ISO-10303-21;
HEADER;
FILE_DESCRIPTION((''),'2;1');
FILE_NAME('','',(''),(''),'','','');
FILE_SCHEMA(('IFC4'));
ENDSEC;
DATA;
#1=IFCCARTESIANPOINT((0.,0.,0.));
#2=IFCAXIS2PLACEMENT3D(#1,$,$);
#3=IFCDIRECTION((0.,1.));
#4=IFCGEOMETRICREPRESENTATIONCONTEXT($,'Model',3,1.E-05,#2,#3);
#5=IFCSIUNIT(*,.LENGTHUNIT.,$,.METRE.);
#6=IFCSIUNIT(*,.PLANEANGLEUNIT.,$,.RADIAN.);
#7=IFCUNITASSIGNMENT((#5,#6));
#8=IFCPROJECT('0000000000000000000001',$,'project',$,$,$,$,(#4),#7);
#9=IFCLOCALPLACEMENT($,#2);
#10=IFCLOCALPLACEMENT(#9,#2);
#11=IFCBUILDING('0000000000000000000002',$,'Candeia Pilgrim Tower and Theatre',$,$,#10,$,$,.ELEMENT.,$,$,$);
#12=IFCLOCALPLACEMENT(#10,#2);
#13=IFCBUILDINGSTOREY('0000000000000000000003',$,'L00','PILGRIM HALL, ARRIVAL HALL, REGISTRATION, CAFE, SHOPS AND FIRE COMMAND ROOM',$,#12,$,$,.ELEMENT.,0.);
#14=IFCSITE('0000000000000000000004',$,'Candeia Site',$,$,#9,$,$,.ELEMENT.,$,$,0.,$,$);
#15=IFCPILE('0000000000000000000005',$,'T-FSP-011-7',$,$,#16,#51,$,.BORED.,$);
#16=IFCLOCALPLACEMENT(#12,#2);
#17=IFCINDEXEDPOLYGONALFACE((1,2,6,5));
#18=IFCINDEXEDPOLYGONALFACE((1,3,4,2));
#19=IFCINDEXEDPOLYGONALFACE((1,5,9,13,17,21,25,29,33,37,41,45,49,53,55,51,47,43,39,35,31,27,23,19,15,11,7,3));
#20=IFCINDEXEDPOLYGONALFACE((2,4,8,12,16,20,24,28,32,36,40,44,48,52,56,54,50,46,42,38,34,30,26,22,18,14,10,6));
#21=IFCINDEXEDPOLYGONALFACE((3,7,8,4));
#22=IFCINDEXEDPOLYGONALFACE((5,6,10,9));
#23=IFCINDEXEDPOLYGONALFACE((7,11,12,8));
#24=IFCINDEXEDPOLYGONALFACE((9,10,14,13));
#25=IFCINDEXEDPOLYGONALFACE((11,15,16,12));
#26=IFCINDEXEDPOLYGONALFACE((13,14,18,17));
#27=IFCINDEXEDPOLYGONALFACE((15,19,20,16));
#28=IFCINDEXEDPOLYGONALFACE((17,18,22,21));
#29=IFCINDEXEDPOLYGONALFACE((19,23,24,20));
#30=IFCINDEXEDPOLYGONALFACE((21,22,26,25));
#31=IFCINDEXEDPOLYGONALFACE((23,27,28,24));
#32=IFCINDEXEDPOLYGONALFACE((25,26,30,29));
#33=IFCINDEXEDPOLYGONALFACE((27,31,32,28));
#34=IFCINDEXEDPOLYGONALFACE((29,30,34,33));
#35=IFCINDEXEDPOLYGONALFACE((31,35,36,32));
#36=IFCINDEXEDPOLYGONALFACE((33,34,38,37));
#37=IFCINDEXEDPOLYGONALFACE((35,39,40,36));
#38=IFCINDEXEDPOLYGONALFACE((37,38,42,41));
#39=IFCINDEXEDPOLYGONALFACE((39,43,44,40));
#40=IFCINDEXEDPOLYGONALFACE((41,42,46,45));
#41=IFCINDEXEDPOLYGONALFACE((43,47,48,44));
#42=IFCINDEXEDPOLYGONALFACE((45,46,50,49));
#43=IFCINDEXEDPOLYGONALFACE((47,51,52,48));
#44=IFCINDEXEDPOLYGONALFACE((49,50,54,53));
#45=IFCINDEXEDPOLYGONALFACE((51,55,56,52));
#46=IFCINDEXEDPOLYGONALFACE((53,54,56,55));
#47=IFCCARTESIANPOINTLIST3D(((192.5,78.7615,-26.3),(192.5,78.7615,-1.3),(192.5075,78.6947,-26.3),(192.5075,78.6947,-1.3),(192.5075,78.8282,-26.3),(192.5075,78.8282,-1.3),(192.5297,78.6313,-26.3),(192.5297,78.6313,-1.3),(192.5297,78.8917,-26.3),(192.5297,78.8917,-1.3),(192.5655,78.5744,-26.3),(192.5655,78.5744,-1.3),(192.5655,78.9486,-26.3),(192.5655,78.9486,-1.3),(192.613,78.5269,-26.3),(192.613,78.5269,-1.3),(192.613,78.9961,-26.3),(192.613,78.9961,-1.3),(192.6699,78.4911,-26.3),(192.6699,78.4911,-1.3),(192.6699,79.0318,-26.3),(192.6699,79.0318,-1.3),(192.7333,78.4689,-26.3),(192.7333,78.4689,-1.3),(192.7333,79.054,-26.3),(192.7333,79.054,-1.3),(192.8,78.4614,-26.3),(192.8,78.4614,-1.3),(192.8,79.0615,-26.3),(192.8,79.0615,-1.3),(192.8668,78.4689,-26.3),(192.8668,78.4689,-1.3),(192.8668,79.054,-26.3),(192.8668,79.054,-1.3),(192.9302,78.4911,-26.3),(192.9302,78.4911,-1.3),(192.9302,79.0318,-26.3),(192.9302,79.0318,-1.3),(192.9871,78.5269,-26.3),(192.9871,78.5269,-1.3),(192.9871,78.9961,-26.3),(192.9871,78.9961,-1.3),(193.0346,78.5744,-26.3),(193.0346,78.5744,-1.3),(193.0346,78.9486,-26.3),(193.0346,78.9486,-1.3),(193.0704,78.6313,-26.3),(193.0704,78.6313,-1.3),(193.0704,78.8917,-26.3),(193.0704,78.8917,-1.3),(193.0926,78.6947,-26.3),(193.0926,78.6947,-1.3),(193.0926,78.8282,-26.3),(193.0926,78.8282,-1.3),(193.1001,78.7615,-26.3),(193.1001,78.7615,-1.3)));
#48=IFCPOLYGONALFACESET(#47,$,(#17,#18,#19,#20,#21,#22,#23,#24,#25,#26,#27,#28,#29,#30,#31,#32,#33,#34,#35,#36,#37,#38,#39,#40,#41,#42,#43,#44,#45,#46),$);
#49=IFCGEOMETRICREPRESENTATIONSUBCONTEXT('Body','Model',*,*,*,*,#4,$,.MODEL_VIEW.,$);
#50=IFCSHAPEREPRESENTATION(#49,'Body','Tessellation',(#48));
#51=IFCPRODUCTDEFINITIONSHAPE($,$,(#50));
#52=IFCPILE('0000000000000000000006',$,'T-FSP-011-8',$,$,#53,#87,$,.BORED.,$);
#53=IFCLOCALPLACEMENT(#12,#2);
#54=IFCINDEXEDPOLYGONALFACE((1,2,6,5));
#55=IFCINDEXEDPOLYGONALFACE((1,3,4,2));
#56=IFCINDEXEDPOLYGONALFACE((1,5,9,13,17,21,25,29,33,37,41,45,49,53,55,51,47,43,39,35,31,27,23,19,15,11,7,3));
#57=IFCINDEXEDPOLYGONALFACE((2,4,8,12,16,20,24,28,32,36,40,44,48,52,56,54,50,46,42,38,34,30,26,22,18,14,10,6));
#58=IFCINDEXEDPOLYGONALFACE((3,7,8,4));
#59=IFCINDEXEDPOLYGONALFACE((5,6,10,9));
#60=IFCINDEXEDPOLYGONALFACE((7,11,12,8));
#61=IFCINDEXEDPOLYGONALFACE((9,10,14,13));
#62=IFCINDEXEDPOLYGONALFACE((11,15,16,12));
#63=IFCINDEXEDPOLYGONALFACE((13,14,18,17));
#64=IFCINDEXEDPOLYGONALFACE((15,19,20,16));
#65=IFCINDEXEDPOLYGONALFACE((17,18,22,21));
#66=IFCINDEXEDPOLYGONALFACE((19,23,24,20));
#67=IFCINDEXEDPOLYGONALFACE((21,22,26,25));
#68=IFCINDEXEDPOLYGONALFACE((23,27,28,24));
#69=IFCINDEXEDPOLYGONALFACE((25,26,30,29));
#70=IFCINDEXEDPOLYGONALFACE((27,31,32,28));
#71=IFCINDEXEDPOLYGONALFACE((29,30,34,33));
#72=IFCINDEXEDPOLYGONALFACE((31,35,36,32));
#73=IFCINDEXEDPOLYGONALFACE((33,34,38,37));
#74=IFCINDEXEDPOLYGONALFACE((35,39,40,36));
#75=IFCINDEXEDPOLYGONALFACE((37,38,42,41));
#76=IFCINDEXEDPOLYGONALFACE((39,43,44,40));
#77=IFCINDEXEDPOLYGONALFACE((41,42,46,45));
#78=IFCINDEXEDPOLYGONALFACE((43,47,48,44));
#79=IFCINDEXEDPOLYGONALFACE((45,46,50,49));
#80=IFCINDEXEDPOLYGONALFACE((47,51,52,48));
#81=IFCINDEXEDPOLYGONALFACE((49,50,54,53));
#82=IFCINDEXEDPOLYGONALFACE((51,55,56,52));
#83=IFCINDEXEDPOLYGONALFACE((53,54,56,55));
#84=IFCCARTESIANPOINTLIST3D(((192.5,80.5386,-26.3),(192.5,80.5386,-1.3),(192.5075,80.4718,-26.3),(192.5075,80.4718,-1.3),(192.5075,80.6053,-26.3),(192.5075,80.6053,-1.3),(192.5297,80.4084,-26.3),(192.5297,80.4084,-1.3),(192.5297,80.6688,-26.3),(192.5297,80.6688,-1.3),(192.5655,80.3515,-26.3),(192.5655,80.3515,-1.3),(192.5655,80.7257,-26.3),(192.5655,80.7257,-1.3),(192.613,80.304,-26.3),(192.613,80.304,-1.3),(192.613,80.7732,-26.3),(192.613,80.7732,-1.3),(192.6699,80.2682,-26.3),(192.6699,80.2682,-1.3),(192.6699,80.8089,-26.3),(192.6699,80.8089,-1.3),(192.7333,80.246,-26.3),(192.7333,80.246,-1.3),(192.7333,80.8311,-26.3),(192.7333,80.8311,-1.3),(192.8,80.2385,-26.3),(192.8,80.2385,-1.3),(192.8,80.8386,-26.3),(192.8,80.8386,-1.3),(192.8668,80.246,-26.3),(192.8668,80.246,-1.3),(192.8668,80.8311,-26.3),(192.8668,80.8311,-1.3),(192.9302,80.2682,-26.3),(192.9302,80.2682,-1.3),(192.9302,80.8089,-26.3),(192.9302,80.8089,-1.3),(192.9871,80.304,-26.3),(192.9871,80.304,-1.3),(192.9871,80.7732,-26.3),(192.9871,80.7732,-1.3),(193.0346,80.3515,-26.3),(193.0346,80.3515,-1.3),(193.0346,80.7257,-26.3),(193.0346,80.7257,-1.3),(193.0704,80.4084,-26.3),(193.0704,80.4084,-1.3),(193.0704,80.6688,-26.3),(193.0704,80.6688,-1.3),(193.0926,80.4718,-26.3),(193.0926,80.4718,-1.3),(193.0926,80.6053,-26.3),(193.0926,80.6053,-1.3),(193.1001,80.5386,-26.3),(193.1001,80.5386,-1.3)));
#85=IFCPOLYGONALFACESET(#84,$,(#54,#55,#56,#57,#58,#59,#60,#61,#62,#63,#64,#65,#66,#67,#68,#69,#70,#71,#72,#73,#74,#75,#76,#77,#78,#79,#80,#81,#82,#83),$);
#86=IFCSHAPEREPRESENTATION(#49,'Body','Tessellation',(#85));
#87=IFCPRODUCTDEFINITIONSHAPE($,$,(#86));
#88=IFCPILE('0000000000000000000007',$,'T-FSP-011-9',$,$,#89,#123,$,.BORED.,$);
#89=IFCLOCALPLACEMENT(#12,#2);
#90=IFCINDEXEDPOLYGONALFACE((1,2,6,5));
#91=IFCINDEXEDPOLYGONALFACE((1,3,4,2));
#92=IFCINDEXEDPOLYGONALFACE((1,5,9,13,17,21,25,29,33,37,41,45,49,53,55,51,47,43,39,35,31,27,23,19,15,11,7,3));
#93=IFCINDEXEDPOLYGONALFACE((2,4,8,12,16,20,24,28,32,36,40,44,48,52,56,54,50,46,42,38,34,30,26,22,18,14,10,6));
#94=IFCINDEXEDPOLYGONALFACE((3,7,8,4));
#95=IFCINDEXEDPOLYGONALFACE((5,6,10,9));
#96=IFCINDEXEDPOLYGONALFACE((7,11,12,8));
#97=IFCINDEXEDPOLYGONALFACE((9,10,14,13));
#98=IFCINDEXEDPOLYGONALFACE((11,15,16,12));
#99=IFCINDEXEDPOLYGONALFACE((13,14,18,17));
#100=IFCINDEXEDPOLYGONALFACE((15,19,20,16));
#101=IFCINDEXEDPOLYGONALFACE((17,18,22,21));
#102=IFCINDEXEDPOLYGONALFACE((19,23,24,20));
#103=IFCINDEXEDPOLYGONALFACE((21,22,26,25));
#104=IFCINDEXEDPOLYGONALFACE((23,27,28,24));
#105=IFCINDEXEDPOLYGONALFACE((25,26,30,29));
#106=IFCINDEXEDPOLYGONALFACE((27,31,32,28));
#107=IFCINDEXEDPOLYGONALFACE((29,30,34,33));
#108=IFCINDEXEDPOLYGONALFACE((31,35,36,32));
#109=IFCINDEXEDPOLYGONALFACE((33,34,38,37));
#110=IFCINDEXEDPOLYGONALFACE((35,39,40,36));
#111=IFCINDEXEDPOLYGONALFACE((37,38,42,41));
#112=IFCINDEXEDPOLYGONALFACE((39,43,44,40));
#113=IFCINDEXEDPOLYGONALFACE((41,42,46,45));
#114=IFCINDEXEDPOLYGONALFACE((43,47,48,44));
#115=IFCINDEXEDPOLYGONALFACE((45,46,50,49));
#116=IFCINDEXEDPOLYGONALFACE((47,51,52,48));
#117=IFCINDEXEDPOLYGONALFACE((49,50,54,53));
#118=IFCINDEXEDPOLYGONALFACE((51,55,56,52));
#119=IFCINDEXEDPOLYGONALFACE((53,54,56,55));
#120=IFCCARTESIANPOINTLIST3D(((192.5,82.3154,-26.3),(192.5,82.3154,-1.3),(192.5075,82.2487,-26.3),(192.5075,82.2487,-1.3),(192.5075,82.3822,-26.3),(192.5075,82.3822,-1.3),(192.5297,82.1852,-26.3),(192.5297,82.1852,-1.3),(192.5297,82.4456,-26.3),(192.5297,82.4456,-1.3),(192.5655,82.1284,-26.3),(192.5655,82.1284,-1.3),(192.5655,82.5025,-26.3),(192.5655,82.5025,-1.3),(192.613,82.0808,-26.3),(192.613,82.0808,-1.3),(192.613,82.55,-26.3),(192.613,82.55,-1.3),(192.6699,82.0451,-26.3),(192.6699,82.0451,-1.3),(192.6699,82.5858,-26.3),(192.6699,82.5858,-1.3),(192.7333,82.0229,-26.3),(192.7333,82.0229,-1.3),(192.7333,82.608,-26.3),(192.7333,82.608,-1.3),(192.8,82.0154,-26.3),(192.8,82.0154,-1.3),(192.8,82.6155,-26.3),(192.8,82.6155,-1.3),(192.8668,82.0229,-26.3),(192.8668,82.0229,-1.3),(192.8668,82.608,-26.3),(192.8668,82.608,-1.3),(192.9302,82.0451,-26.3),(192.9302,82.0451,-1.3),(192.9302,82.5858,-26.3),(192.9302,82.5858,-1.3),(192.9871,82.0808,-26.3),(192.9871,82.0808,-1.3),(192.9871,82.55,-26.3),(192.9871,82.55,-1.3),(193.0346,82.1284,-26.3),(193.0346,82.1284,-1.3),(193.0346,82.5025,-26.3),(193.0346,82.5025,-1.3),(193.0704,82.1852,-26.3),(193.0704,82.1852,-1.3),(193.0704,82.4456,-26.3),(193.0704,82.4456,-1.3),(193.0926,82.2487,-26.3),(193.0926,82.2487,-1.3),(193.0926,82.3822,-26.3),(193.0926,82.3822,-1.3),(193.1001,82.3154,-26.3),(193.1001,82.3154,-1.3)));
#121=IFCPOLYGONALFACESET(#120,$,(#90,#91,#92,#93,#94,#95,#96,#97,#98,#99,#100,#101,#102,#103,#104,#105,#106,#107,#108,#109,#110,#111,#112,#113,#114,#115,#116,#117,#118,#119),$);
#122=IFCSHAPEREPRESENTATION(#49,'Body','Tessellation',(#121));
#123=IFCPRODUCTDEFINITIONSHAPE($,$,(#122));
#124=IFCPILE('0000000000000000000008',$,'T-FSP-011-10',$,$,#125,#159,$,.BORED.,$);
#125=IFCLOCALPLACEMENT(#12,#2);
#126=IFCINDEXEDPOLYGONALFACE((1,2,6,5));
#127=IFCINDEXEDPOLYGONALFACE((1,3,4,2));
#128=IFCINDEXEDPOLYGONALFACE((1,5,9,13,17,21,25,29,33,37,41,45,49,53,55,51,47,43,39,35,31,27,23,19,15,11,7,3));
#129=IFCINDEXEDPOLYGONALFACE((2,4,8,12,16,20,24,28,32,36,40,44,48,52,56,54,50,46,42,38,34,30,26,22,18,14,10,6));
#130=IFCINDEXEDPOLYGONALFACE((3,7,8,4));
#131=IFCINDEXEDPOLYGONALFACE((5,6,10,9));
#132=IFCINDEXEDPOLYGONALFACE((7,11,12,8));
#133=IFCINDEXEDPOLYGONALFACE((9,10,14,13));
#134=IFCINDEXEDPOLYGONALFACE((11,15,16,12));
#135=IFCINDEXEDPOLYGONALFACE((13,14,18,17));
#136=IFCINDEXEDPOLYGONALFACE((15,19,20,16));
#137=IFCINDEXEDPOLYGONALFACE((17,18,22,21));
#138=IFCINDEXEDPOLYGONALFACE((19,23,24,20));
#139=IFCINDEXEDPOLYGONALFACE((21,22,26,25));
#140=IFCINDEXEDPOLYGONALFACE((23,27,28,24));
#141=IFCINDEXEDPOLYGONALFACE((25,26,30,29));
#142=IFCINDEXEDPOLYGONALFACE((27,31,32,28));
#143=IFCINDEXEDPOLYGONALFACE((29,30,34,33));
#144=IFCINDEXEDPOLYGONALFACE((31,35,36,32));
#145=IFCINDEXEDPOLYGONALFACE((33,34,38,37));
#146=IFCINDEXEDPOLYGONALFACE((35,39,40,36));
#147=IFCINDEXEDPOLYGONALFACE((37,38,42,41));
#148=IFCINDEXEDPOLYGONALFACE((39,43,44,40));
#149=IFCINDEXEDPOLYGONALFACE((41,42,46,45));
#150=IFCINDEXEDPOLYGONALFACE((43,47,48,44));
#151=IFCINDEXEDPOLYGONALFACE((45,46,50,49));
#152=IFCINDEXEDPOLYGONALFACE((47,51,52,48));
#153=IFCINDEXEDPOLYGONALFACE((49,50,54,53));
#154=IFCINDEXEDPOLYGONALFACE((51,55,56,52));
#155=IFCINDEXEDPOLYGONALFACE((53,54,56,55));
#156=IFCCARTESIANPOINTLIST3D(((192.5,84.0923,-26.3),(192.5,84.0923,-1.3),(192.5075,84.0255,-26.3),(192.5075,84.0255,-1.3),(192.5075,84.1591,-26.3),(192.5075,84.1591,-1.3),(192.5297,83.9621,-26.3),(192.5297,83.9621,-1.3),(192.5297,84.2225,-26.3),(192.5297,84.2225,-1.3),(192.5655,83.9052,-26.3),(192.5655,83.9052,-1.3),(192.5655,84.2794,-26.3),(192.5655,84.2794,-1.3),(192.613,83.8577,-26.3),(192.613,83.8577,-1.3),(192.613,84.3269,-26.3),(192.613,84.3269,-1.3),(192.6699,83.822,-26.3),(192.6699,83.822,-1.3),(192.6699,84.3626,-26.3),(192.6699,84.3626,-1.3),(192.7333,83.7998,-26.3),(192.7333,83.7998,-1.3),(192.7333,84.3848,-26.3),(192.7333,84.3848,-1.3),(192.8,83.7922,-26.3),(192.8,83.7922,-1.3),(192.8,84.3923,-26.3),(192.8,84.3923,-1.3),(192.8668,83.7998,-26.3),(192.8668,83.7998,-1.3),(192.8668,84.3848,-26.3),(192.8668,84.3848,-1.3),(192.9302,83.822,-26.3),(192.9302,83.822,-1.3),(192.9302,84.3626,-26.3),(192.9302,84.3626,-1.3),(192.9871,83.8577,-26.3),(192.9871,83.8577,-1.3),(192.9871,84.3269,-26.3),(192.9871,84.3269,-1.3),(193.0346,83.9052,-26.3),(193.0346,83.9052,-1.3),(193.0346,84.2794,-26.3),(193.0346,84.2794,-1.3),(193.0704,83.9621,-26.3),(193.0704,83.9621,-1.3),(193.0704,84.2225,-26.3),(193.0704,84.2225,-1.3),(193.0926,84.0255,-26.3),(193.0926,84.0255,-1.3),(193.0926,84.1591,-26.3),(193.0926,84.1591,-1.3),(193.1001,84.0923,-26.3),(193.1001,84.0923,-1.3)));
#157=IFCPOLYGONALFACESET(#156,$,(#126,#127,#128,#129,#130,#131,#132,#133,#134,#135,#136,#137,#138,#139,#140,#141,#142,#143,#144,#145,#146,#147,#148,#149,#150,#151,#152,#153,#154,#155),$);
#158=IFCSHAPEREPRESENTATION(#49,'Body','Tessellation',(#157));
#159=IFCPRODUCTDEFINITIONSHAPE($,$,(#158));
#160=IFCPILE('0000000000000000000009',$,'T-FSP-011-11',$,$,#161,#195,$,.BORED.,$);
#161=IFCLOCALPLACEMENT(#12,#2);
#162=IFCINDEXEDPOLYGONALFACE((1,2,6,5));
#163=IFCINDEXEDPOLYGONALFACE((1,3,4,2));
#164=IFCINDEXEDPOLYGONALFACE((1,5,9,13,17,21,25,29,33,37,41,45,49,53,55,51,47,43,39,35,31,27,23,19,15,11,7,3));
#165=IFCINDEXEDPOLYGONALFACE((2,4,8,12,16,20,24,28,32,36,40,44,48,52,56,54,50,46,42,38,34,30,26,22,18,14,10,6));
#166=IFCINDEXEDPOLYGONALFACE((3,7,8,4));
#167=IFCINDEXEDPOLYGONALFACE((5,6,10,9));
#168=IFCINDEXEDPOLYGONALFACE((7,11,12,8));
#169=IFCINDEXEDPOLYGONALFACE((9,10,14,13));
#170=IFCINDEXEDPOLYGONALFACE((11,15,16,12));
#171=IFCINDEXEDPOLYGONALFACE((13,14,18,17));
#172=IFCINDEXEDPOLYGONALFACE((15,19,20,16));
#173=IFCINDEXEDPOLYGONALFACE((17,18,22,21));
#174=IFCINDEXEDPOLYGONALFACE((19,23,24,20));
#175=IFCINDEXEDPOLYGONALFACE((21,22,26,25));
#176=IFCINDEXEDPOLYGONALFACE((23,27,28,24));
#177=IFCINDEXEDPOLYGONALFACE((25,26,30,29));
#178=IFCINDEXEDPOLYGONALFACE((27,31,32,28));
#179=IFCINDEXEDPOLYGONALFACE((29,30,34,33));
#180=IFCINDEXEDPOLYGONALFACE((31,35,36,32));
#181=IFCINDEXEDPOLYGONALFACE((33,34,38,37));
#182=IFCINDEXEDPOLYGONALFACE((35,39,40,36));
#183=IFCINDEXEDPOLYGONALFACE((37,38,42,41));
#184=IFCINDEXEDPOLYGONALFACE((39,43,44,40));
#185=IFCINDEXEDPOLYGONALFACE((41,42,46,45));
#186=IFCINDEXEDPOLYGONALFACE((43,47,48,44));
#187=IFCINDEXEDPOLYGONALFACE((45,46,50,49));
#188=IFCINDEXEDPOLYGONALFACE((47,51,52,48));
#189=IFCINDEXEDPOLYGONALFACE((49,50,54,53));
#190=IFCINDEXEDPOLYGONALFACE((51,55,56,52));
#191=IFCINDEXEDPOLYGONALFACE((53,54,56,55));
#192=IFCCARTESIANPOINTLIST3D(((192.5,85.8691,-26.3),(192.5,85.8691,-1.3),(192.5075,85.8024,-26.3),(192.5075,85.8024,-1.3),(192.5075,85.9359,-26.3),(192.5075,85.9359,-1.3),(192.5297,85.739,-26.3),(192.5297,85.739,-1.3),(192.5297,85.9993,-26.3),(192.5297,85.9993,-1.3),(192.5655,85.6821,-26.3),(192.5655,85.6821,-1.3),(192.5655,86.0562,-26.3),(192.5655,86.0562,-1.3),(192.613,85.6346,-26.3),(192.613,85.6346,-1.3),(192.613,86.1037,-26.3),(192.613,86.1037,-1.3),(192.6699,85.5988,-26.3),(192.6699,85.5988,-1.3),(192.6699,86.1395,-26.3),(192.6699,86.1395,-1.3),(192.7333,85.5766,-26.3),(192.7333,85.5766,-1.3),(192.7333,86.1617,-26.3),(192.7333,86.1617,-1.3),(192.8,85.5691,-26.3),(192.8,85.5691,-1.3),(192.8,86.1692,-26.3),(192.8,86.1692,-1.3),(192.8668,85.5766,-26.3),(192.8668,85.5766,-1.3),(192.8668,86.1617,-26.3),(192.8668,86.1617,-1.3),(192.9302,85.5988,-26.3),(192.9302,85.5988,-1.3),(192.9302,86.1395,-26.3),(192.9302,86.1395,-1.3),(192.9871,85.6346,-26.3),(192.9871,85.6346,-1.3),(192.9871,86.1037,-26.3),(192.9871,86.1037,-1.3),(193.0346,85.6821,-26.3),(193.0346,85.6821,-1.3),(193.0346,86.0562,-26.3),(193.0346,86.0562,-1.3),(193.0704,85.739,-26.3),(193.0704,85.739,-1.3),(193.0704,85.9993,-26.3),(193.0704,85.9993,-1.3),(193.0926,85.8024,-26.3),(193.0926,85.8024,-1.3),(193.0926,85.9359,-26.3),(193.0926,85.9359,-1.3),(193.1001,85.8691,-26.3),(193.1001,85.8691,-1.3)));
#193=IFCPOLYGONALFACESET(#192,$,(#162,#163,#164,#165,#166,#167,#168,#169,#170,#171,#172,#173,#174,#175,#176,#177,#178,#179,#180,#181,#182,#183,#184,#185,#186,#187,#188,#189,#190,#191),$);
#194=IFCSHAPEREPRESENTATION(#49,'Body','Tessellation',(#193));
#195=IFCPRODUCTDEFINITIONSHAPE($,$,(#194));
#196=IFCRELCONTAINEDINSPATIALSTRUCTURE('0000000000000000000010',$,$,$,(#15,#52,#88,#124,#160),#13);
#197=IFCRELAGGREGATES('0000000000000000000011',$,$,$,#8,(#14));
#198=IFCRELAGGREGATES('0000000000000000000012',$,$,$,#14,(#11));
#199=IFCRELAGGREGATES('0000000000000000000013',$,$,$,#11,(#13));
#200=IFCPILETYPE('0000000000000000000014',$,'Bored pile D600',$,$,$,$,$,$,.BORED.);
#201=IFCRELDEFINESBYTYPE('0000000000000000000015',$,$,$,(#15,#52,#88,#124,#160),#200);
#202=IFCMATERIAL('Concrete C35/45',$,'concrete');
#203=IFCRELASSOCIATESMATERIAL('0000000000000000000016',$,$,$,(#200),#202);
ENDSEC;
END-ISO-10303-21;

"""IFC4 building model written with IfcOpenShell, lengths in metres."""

from ifc_helpers import new_model, si_unit, direction, frame, origin, origin_2d, place, context, subcontext, project, spatial, circle, extrude, material, type_object, element, save


model = new_model("IFC4")

# Units and contexts
model_context = context("Model", 3, precision=1e-05, world=origin(), true_north=direction((0.0, 1.0)))
body_context = subcontext(model_context, "Body", "Model", "MODEL_VIEW")
ifc_project = project(units=[si_unit("LENGTHUNIT", "METRE"), si_unit("PLANEANGLEUNIT", "RADIAN")], contexts=[model_context])

# Site, building, storey
site_placement = place(None, origin())
site = spatial("IfcSite", under=ifc_project, at=site_placement, Name="Candeia Site", CompositionType="ELEMENT", RefElevation=0.0)
building_placement = place(site_placement, origin())
building = spatial("IfcBuilding", under=site, at=building_placement, Name="Candeia Pilgrim Tower and Theatre", CompositionType="ELEMENT")
storey_placement = place(building_placement, origin())
storey = spatial("IfcBuildingStorey", under=building, at=storey_placement, Name="L00", Description="PILGRIM HALL, ARRIVAL HALL, REGISTRATION, CAFE, SHOPS AND FIRE COMMAND ROOM", CompositionType="ELEMENT", Elevation=0.0)

# Piles
ifc_material_1 = material(Name="Concrete C35/45", Category="concrete")
pile_type = type_object("IfcPileType", Name="Bored pile D600", PredefinedType="BORED", material=ifc_material_1)
for number, where, z_axis, x_axis, name in (
    (1, (192.8, 78.7615, -1.3), (0.0, 0.0, -1.0), (1.0, 0.0, 0.0), "T-FSP-011-7"),
    (2, (192.8, 80.5386, -1.3), (0.0, 0.0, -1.0), (1.0, 0.0, 0.0), "T-FSP-011-8"),
    (3, (192.8, 82.3154, -1.3), (0.0, 0.0, -1.0), (1.0, 0.0, 0.0), "T-FSP-011-9"),
    (4, (192.8, 84.0923, -1.3), (0.0, 0.0, -1.0), (1.0, 0.0, 0.0), "T-FSP-011-10"),
    (5, (192.8, 85.8691, -1.3), (0.0, 0.0, -1.0), (1.0, 0.0, 0.0), "T-FSP-011-11"),
):
    element("IfcPile", number, at=place(storey_placement, frame(where, z_axis=z_axis, x_axis=x_axis)), inside=storey, type_object=pile_type, Name=name, PredefinedType="BORED", context=body_context, shape_type="SweptSolid", body=[
        extrude(circle(Radius=0.3, at=origin_2d()), origin(), (0.0, 0.0, 1.0), 25.0),
    ])

save(model, "model.ifc")
